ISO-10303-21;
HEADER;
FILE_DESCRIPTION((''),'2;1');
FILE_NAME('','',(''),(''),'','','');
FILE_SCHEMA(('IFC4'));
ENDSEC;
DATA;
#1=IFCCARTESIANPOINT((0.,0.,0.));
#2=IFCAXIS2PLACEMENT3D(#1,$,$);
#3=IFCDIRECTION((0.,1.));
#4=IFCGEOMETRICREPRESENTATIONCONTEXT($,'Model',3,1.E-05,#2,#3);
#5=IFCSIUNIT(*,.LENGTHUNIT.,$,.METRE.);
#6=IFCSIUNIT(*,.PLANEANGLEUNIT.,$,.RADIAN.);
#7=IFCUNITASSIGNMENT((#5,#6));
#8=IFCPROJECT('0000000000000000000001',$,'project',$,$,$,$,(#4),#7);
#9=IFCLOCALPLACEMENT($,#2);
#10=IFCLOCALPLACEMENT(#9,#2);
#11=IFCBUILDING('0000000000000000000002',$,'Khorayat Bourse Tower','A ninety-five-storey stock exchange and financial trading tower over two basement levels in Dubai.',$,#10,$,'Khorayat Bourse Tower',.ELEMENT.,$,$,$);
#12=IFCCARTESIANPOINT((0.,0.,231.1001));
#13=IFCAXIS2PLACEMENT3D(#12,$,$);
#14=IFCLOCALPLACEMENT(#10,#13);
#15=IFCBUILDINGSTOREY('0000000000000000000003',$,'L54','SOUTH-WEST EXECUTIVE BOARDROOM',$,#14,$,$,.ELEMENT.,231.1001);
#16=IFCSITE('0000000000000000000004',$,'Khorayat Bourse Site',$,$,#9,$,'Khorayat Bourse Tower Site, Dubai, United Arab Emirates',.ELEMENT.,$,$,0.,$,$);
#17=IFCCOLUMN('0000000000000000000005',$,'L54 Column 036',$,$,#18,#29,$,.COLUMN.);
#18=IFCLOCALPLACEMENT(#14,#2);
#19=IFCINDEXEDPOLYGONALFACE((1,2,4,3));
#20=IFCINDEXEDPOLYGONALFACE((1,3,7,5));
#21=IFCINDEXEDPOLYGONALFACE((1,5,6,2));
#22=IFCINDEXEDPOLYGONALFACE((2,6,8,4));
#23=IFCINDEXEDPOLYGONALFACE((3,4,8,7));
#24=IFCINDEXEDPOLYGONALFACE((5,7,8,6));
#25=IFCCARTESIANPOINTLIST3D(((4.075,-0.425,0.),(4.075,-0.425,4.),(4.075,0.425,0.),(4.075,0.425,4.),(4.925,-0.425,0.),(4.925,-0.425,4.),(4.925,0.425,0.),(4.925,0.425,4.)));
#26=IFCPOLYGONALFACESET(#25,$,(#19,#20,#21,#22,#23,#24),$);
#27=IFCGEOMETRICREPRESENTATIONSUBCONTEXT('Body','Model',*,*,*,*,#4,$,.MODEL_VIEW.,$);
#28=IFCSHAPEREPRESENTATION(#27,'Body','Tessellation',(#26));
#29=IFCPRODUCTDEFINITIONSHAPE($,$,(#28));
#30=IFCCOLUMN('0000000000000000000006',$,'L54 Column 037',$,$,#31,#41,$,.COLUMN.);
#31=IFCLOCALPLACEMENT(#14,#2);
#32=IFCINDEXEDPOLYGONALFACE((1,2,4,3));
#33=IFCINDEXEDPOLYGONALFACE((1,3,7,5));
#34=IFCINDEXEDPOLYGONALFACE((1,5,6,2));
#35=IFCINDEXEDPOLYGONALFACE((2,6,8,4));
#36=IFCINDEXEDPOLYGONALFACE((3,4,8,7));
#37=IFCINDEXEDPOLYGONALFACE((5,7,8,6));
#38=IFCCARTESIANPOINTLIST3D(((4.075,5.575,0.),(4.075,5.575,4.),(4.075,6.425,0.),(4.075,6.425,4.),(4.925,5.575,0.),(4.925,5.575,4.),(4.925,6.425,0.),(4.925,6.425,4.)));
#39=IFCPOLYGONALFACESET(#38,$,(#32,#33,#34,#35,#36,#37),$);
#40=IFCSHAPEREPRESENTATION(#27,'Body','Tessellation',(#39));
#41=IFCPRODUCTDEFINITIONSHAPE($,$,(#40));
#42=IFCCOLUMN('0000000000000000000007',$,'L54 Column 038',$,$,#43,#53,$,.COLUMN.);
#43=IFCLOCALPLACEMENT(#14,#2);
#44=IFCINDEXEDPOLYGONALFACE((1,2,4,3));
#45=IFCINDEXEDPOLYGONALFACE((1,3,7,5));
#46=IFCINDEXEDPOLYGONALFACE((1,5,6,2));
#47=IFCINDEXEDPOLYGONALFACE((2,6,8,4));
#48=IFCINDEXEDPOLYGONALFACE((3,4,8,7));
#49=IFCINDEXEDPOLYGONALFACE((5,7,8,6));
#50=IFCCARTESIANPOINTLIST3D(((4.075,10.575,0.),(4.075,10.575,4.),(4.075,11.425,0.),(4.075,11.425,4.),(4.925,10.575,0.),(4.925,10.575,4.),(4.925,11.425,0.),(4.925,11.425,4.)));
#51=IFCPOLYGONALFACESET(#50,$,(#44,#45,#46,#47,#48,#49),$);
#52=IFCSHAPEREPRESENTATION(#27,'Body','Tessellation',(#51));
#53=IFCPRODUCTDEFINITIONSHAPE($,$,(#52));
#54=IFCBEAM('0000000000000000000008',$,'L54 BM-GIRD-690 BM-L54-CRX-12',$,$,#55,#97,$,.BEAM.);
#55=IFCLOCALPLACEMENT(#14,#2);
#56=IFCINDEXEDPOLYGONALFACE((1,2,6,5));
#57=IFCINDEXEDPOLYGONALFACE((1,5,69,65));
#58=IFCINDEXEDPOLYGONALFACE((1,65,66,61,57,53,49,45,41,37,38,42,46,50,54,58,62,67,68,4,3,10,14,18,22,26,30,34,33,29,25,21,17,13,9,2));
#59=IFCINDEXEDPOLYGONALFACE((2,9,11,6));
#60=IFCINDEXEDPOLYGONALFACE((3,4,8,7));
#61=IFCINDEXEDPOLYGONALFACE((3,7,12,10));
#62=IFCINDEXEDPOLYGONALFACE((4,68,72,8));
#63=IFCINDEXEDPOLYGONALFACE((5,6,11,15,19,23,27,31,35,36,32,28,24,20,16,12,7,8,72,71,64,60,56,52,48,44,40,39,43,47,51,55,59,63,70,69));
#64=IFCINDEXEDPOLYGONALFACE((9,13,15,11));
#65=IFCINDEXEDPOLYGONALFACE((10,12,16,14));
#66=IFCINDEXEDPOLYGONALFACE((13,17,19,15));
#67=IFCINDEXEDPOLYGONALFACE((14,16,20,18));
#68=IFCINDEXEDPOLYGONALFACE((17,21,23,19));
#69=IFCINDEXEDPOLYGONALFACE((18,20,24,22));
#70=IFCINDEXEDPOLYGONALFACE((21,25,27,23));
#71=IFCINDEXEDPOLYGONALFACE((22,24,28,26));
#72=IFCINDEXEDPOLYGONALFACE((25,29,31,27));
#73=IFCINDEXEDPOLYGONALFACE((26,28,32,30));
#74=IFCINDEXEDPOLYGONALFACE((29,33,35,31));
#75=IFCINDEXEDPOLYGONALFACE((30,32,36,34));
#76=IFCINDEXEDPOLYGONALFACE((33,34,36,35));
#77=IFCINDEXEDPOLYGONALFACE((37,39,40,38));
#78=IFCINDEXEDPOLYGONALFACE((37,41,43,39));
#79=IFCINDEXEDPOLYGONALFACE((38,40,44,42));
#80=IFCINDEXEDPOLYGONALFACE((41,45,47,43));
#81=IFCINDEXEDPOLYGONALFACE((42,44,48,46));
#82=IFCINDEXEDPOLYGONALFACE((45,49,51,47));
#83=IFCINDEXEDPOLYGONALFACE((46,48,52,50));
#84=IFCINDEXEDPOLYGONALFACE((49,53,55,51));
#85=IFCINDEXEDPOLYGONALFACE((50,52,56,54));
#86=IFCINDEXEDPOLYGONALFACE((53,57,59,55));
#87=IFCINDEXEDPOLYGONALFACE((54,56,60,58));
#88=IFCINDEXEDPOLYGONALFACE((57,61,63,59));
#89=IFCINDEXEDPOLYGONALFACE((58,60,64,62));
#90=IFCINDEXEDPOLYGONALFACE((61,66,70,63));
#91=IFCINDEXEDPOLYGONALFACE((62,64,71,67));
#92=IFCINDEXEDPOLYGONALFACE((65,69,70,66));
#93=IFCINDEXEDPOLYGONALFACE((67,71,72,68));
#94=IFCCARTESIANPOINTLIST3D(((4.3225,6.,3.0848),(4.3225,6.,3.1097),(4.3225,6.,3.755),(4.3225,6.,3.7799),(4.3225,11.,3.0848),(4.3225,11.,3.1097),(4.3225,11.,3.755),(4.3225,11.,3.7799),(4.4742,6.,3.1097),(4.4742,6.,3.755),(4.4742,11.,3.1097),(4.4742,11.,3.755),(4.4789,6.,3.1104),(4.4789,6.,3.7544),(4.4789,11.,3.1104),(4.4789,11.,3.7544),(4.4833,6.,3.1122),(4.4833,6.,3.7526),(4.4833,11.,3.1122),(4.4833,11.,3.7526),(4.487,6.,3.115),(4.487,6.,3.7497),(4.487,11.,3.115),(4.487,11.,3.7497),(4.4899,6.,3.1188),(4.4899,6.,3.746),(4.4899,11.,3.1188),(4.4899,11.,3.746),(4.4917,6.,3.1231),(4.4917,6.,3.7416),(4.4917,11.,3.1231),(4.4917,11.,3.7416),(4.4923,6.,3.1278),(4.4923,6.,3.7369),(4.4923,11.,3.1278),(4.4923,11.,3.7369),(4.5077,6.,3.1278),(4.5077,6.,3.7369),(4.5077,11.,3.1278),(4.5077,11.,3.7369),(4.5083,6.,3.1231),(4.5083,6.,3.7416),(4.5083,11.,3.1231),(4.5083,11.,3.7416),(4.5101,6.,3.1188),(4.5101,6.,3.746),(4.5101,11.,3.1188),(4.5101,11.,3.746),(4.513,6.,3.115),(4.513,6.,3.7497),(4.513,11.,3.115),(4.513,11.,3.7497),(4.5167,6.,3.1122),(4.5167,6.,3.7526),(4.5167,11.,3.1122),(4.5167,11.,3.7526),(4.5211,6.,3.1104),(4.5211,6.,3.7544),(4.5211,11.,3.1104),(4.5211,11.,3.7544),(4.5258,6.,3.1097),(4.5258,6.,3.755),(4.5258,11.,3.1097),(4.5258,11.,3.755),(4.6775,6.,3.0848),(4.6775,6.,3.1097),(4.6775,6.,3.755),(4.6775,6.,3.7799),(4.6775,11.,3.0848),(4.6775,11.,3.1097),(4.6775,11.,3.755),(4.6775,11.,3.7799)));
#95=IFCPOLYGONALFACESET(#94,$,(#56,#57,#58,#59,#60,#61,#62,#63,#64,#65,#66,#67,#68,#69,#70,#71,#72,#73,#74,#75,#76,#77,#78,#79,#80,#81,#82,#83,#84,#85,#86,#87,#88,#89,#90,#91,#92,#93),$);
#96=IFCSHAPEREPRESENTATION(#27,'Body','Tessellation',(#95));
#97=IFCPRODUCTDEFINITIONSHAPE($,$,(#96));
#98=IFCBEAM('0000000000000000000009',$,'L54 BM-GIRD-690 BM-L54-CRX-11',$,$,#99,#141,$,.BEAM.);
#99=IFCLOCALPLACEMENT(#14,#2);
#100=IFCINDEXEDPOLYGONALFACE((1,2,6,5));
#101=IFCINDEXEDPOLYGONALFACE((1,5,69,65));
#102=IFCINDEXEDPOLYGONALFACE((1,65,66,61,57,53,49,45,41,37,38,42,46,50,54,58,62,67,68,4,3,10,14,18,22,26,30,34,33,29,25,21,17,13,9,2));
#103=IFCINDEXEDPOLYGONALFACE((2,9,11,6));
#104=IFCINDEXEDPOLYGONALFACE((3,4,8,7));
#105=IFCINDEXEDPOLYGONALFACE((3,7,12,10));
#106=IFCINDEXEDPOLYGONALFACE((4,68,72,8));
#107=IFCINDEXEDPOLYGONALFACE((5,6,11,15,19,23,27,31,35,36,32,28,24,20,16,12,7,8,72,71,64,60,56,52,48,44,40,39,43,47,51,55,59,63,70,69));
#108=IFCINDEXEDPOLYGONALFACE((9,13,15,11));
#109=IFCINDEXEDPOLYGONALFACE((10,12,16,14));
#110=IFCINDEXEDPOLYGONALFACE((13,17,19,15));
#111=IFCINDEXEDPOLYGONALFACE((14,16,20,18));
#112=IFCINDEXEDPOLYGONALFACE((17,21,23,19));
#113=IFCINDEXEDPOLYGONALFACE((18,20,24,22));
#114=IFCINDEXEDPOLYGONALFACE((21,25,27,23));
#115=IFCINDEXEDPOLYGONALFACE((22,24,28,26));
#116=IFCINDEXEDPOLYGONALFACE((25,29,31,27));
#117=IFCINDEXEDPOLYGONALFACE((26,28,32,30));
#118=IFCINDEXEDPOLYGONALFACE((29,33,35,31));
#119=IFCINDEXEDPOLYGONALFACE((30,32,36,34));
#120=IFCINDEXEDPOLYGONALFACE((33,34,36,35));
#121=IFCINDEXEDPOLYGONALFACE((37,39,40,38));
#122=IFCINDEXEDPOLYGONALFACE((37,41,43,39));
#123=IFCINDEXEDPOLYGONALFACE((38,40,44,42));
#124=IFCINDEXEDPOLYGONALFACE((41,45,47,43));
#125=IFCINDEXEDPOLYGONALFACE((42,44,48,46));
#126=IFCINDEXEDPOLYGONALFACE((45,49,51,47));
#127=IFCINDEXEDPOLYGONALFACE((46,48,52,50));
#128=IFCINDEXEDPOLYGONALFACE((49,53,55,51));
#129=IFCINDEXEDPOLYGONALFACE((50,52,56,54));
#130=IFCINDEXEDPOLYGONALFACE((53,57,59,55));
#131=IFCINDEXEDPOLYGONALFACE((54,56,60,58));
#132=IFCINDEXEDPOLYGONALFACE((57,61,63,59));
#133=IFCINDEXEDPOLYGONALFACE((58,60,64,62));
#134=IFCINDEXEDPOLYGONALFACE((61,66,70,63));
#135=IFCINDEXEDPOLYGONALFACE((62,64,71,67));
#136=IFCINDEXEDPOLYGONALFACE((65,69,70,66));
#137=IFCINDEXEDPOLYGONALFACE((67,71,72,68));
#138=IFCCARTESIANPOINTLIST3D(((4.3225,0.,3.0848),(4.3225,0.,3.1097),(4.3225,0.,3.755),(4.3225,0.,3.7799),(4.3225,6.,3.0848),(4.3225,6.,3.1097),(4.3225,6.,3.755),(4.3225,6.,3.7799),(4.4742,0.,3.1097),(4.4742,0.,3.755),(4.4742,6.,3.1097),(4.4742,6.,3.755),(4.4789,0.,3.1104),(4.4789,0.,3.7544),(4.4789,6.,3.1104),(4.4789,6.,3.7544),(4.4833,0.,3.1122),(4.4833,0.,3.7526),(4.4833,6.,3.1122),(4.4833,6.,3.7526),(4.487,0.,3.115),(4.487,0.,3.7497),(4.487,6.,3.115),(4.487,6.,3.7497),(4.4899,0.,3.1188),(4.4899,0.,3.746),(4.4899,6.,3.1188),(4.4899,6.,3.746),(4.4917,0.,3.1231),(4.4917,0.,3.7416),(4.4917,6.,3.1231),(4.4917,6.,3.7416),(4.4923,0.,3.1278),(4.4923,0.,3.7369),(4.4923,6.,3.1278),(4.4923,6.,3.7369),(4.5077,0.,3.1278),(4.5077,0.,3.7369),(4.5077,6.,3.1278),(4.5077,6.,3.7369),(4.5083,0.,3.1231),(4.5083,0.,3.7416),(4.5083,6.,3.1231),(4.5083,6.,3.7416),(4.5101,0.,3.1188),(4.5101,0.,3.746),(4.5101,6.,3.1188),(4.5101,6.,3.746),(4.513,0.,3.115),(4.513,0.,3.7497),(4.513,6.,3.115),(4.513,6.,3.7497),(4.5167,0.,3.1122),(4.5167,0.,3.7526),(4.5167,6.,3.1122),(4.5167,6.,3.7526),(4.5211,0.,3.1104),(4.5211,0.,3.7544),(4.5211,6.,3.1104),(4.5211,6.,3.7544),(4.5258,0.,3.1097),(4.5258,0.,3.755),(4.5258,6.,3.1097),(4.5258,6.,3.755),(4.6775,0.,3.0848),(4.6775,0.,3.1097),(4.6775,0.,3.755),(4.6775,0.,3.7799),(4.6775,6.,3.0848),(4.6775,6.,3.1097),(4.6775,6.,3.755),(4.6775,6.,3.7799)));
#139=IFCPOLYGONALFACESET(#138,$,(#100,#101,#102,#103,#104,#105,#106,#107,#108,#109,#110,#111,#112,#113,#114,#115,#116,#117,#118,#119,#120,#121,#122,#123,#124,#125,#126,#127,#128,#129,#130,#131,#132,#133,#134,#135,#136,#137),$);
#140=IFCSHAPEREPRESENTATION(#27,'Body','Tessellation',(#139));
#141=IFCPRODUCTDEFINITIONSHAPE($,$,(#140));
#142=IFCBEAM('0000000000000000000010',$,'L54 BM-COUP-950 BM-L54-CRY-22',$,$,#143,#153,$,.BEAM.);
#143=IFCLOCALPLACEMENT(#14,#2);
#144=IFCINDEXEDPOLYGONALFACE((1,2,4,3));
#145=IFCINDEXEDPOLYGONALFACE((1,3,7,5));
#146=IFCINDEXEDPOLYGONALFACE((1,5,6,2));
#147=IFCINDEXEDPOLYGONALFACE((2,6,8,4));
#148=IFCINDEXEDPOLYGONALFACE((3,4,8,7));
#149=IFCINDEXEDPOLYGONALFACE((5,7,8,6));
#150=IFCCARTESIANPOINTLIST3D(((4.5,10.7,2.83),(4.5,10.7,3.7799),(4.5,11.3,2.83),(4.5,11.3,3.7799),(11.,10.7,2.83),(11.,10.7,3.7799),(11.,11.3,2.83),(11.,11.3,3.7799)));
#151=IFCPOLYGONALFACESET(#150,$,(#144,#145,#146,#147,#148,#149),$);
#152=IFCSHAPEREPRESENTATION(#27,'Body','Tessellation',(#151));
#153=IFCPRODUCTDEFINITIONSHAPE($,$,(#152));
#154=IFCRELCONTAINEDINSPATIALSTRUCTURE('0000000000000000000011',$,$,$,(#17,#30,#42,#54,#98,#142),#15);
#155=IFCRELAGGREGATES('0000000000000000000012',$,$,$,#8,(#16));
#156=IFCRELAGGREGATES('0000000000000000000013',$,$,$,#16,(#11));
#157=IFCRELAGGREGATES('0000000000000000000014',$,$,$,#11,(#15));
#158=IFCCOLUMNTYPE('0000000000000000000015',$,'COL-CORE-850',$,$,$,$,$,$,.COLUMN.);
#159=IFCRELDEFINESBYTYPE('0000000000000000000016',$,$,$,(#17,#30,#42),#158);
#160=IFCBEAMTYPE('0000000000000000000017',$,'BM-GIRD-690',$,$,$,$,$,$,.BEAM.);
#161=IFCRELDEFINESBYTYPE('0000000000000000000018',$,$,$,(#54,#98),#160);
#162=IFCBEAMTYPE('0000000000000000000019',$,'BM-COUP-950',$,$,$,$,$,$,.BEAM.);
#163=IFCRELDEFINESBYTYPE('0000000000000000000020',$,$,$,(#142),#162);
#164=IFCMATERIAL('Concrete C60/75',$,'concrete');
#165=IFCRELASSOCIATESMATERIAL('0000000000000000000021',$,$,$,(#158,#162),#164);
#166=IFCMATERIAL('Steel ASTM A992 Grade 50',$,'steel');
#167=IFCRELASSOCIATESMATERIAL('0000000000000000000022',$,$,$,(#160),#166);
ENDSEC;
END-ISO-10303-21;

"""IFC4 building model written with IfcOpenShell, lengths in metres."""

from ifc_helpers import new_model, si_unit, direction, frame, origin, origin_2d, place, context, subcontext, project, spatial, rectangle, i_section, extrude, source, transform, mapped, material, material_profile, profile_set, type_object, element, save


model = new_model("IFC4")

# Units and contexts
model_context = context("Model", 3, precision=1e-05, world=origin(), true_north=direction((0.0, 1.0)))
body_context = subcontext(model_context, "Body", "Model", "MODEL_VIEW")
ifc_project = project(units=[si_unit("LENGTHUNIT", "METRE"), si_unit("PLANEANGLEUNIT", "RADIAN")], contexts=[model_context])

# Site, building, storey
site_placement = place(None, origin())
site = spatial("IfcSite", under=ifc_project, at=site_placement, Name="Khorayat Bourse Site", LongName="Khorayat Bourse Tower Site, Dubai, United Arab Emirates", CompositionType="ELEMENT", RefElevation=0.0)
building_placement = place(site_placement, origin())
building = spatial("IfcBuilding", under=site, at=building_placement, Name="Khorayat Bourse Tower", Description="A ninety-five-storey stock exchange and financial trading tower over two basement levels in Dubai.", LongName="Khorayat Bourse Tower", CompositionType="ELEMENT")
storey_placement = place(building_placement, frame((0.0, 0.0, 231.1001)))
storey = spatial("IfcBuildingStorey", under=building, at=storey_placement, Name="L54", Description="SOUTH-WEST EXECUTIVE BOARDROOM", CompositionType="ELEMENT", Elevation=231.1001)

# Columns
ifc_material_1 = material(Name="Concrete C60/75", Category="concrete")
ifc_material_profile_1 = material_profile(ifc_material_1, rectangle(XDim=0.8501, YDim=0.8501, at=origin_2d()), Name="RC 850x850")
ifc_profile_set_1 = profile_set([ifc_material_profile_1], Name="Concrete C60/75")
column_type = type_object("IfcColumnType", Name="COL-CORE-850", PredefinedType="COLUMN", material=ifc_profile_set_1)
shared_shape_1 = source(origin(), body_context, "Body", "SweptSolid", [
    extrude(rectangle(XDim=0.8501, YDim=0.8501, at=origin_2d()), origin(), (0.0, 0.0, 1.0), 4.0),
])
for number, where, z_axis, x_axis, name in (
    (1, (4.5, 0.0, 0.0), (0.0, 0.0, 1.0), (1.0, 0.0, 0.0), "L54 Column 036"),
    (2, (4.5, 6.0, 0.0), (0.0, 0.0, 1.0), (1.0, 0.0, 0.0), "L54 Column 037"),
    (3, (4.5, 11.0, 0.0), (0.0, 0.0, 1.0), (1.0, 0.0, 0.0), "L54 Column 038"),
):
    element("IfcColumn", number, at=place(storey_placement, frame(where, z_axis=z_axis, x_axis=x_axis)), inside=storey, type_object=column_type, Name=name, PredefinedType="COLUMN", context=body_context, shape_type="MappedRepresentation", body=[
        mapped(shared_shape_1, transform((0.0, 0.0, 0.0), scale=1.0)),
    ])

# Beams
ifc_material_2 = material(Name="Steel ASTM A992 Grade 50", Category="steel")
ifc_material_profile_2 = material_profile(ifc_material_2, i_section(OverallWidth=0.355, OverallDepth=0.6951, WebThickness=0.0154, FlangeThickness=0.0249, FilletRadius=0.0181, at=origin_2d()), Name="W690X217")
ifc_profile_set_2 = profile_set([ifc_material_profile_2], Name="Steel ASTM A992 Grade 50")
beam_type_1 = type_object("IfcBeamType", Name="BM-GIRD-690", PredefinedType="BEAM", material=ifc_profile_set_2)
shared_shape_2 = source(origin(), body_context, "Body", "SweptSolid", [
    extrude(i_section(OverallWidth=0.355, OverallDepth=0.6951, WebThickness=0.0154, FlangeThickness=0.0249, FilletRadius=0.0181, at=origin_2d()), origin(), (0.0, 0.0, 1.0), 5.0),
])
beam_1_placement = place(storey_placement, frame((4.5, 6.0, 3.4324), z_axis=(0.0, 1.0, 0.0), x_axis=(-1.0, 0.0, 0.0)))
element("IfcBeam", 4, at=beam_1_placement, inside=storey, type_object=beam_type_1, Name="L54 BM-GIRD-690 BM-L54-CRX-12", PredefinedType="BEAM", context=body_context, shape_type="MappedRepresentation", body=[
    mapped(shared_shape_2, transform((0.0, 0.0, 0.0), scale=1.0)),
])
shared_shape_3 = source(origin(), body_context, "Body", "SweptSolid", [
    extrude(i_section(OverallWidth=0.355, OverallDepth=0.6951, WebThickness=0.0154, FlangeThickness=0.0249, FilletRadius=0.0181, at=origin_2d()), origin(), (0.0, 0.0, 1.0), 6.0),
])
beam_2_placement = place(storey_placement, frame((4.5, 0.0, 3.4324), z_axis=(0.0, 1.0, 0.0), x_axis=(-1.0, 0.0, 0.0)))
element("IfcBeam", 5, at=beam_2_placement, inside=storey, type_object=beam_type_1, Name="L54 BM-GIRD-690 BM-L54-CRX-11", PredefinedType="BEAM", context=body_context, shape_type="MappedRepresentation", body=[
    mapped(shared_shape_3, transform((0.0, 0.0, 0.0), scale=1.0)),
])
ifc_material_profile_3 = material_profile(ifc_material_1, rectangle(XDim=0.6001, YDim=0.95, at=origin_2d()), Name="RC 600x950")
ifc_profile_set_3 = profile_set([ifc_material_profile_3], Name="Concrete C60/75")
beam_type_2 = type_object("IfcBeamType", Name="BM-COUP-950", PredefinedType="BEAM", material=ifc_profile_set_3)
shared_shape_4 = source(origin(), body_context, "Body", "SweptSolid", [
    extrude(rectangle(XDim=0.6001, YDim=0.95, at=origin_2d()), origin(), (0.0, 0.0, 1.0), 6.5),
])
beam_3_placement = place(storey_placement, frame((4.5, 11.0, 3.3049), z_axis=(1.0, 0.0, 0.0), x_axis=(0.0, 1.0, 0.0)))
element("IfcBeam", 6, at=beam_3_placement, inside=storey, type_object=beam_type_2, Name="L54 BM-COUP-950 BM-L54-CRY-22", PredefinedType="BEAM", context=body_context, shape_type="MappedRepresentation", body=[
    mapped(shared_shape_4, transform((0.0, 0.0, 0.0), scale=1.0)),
])

save(model, "model.ifc")
